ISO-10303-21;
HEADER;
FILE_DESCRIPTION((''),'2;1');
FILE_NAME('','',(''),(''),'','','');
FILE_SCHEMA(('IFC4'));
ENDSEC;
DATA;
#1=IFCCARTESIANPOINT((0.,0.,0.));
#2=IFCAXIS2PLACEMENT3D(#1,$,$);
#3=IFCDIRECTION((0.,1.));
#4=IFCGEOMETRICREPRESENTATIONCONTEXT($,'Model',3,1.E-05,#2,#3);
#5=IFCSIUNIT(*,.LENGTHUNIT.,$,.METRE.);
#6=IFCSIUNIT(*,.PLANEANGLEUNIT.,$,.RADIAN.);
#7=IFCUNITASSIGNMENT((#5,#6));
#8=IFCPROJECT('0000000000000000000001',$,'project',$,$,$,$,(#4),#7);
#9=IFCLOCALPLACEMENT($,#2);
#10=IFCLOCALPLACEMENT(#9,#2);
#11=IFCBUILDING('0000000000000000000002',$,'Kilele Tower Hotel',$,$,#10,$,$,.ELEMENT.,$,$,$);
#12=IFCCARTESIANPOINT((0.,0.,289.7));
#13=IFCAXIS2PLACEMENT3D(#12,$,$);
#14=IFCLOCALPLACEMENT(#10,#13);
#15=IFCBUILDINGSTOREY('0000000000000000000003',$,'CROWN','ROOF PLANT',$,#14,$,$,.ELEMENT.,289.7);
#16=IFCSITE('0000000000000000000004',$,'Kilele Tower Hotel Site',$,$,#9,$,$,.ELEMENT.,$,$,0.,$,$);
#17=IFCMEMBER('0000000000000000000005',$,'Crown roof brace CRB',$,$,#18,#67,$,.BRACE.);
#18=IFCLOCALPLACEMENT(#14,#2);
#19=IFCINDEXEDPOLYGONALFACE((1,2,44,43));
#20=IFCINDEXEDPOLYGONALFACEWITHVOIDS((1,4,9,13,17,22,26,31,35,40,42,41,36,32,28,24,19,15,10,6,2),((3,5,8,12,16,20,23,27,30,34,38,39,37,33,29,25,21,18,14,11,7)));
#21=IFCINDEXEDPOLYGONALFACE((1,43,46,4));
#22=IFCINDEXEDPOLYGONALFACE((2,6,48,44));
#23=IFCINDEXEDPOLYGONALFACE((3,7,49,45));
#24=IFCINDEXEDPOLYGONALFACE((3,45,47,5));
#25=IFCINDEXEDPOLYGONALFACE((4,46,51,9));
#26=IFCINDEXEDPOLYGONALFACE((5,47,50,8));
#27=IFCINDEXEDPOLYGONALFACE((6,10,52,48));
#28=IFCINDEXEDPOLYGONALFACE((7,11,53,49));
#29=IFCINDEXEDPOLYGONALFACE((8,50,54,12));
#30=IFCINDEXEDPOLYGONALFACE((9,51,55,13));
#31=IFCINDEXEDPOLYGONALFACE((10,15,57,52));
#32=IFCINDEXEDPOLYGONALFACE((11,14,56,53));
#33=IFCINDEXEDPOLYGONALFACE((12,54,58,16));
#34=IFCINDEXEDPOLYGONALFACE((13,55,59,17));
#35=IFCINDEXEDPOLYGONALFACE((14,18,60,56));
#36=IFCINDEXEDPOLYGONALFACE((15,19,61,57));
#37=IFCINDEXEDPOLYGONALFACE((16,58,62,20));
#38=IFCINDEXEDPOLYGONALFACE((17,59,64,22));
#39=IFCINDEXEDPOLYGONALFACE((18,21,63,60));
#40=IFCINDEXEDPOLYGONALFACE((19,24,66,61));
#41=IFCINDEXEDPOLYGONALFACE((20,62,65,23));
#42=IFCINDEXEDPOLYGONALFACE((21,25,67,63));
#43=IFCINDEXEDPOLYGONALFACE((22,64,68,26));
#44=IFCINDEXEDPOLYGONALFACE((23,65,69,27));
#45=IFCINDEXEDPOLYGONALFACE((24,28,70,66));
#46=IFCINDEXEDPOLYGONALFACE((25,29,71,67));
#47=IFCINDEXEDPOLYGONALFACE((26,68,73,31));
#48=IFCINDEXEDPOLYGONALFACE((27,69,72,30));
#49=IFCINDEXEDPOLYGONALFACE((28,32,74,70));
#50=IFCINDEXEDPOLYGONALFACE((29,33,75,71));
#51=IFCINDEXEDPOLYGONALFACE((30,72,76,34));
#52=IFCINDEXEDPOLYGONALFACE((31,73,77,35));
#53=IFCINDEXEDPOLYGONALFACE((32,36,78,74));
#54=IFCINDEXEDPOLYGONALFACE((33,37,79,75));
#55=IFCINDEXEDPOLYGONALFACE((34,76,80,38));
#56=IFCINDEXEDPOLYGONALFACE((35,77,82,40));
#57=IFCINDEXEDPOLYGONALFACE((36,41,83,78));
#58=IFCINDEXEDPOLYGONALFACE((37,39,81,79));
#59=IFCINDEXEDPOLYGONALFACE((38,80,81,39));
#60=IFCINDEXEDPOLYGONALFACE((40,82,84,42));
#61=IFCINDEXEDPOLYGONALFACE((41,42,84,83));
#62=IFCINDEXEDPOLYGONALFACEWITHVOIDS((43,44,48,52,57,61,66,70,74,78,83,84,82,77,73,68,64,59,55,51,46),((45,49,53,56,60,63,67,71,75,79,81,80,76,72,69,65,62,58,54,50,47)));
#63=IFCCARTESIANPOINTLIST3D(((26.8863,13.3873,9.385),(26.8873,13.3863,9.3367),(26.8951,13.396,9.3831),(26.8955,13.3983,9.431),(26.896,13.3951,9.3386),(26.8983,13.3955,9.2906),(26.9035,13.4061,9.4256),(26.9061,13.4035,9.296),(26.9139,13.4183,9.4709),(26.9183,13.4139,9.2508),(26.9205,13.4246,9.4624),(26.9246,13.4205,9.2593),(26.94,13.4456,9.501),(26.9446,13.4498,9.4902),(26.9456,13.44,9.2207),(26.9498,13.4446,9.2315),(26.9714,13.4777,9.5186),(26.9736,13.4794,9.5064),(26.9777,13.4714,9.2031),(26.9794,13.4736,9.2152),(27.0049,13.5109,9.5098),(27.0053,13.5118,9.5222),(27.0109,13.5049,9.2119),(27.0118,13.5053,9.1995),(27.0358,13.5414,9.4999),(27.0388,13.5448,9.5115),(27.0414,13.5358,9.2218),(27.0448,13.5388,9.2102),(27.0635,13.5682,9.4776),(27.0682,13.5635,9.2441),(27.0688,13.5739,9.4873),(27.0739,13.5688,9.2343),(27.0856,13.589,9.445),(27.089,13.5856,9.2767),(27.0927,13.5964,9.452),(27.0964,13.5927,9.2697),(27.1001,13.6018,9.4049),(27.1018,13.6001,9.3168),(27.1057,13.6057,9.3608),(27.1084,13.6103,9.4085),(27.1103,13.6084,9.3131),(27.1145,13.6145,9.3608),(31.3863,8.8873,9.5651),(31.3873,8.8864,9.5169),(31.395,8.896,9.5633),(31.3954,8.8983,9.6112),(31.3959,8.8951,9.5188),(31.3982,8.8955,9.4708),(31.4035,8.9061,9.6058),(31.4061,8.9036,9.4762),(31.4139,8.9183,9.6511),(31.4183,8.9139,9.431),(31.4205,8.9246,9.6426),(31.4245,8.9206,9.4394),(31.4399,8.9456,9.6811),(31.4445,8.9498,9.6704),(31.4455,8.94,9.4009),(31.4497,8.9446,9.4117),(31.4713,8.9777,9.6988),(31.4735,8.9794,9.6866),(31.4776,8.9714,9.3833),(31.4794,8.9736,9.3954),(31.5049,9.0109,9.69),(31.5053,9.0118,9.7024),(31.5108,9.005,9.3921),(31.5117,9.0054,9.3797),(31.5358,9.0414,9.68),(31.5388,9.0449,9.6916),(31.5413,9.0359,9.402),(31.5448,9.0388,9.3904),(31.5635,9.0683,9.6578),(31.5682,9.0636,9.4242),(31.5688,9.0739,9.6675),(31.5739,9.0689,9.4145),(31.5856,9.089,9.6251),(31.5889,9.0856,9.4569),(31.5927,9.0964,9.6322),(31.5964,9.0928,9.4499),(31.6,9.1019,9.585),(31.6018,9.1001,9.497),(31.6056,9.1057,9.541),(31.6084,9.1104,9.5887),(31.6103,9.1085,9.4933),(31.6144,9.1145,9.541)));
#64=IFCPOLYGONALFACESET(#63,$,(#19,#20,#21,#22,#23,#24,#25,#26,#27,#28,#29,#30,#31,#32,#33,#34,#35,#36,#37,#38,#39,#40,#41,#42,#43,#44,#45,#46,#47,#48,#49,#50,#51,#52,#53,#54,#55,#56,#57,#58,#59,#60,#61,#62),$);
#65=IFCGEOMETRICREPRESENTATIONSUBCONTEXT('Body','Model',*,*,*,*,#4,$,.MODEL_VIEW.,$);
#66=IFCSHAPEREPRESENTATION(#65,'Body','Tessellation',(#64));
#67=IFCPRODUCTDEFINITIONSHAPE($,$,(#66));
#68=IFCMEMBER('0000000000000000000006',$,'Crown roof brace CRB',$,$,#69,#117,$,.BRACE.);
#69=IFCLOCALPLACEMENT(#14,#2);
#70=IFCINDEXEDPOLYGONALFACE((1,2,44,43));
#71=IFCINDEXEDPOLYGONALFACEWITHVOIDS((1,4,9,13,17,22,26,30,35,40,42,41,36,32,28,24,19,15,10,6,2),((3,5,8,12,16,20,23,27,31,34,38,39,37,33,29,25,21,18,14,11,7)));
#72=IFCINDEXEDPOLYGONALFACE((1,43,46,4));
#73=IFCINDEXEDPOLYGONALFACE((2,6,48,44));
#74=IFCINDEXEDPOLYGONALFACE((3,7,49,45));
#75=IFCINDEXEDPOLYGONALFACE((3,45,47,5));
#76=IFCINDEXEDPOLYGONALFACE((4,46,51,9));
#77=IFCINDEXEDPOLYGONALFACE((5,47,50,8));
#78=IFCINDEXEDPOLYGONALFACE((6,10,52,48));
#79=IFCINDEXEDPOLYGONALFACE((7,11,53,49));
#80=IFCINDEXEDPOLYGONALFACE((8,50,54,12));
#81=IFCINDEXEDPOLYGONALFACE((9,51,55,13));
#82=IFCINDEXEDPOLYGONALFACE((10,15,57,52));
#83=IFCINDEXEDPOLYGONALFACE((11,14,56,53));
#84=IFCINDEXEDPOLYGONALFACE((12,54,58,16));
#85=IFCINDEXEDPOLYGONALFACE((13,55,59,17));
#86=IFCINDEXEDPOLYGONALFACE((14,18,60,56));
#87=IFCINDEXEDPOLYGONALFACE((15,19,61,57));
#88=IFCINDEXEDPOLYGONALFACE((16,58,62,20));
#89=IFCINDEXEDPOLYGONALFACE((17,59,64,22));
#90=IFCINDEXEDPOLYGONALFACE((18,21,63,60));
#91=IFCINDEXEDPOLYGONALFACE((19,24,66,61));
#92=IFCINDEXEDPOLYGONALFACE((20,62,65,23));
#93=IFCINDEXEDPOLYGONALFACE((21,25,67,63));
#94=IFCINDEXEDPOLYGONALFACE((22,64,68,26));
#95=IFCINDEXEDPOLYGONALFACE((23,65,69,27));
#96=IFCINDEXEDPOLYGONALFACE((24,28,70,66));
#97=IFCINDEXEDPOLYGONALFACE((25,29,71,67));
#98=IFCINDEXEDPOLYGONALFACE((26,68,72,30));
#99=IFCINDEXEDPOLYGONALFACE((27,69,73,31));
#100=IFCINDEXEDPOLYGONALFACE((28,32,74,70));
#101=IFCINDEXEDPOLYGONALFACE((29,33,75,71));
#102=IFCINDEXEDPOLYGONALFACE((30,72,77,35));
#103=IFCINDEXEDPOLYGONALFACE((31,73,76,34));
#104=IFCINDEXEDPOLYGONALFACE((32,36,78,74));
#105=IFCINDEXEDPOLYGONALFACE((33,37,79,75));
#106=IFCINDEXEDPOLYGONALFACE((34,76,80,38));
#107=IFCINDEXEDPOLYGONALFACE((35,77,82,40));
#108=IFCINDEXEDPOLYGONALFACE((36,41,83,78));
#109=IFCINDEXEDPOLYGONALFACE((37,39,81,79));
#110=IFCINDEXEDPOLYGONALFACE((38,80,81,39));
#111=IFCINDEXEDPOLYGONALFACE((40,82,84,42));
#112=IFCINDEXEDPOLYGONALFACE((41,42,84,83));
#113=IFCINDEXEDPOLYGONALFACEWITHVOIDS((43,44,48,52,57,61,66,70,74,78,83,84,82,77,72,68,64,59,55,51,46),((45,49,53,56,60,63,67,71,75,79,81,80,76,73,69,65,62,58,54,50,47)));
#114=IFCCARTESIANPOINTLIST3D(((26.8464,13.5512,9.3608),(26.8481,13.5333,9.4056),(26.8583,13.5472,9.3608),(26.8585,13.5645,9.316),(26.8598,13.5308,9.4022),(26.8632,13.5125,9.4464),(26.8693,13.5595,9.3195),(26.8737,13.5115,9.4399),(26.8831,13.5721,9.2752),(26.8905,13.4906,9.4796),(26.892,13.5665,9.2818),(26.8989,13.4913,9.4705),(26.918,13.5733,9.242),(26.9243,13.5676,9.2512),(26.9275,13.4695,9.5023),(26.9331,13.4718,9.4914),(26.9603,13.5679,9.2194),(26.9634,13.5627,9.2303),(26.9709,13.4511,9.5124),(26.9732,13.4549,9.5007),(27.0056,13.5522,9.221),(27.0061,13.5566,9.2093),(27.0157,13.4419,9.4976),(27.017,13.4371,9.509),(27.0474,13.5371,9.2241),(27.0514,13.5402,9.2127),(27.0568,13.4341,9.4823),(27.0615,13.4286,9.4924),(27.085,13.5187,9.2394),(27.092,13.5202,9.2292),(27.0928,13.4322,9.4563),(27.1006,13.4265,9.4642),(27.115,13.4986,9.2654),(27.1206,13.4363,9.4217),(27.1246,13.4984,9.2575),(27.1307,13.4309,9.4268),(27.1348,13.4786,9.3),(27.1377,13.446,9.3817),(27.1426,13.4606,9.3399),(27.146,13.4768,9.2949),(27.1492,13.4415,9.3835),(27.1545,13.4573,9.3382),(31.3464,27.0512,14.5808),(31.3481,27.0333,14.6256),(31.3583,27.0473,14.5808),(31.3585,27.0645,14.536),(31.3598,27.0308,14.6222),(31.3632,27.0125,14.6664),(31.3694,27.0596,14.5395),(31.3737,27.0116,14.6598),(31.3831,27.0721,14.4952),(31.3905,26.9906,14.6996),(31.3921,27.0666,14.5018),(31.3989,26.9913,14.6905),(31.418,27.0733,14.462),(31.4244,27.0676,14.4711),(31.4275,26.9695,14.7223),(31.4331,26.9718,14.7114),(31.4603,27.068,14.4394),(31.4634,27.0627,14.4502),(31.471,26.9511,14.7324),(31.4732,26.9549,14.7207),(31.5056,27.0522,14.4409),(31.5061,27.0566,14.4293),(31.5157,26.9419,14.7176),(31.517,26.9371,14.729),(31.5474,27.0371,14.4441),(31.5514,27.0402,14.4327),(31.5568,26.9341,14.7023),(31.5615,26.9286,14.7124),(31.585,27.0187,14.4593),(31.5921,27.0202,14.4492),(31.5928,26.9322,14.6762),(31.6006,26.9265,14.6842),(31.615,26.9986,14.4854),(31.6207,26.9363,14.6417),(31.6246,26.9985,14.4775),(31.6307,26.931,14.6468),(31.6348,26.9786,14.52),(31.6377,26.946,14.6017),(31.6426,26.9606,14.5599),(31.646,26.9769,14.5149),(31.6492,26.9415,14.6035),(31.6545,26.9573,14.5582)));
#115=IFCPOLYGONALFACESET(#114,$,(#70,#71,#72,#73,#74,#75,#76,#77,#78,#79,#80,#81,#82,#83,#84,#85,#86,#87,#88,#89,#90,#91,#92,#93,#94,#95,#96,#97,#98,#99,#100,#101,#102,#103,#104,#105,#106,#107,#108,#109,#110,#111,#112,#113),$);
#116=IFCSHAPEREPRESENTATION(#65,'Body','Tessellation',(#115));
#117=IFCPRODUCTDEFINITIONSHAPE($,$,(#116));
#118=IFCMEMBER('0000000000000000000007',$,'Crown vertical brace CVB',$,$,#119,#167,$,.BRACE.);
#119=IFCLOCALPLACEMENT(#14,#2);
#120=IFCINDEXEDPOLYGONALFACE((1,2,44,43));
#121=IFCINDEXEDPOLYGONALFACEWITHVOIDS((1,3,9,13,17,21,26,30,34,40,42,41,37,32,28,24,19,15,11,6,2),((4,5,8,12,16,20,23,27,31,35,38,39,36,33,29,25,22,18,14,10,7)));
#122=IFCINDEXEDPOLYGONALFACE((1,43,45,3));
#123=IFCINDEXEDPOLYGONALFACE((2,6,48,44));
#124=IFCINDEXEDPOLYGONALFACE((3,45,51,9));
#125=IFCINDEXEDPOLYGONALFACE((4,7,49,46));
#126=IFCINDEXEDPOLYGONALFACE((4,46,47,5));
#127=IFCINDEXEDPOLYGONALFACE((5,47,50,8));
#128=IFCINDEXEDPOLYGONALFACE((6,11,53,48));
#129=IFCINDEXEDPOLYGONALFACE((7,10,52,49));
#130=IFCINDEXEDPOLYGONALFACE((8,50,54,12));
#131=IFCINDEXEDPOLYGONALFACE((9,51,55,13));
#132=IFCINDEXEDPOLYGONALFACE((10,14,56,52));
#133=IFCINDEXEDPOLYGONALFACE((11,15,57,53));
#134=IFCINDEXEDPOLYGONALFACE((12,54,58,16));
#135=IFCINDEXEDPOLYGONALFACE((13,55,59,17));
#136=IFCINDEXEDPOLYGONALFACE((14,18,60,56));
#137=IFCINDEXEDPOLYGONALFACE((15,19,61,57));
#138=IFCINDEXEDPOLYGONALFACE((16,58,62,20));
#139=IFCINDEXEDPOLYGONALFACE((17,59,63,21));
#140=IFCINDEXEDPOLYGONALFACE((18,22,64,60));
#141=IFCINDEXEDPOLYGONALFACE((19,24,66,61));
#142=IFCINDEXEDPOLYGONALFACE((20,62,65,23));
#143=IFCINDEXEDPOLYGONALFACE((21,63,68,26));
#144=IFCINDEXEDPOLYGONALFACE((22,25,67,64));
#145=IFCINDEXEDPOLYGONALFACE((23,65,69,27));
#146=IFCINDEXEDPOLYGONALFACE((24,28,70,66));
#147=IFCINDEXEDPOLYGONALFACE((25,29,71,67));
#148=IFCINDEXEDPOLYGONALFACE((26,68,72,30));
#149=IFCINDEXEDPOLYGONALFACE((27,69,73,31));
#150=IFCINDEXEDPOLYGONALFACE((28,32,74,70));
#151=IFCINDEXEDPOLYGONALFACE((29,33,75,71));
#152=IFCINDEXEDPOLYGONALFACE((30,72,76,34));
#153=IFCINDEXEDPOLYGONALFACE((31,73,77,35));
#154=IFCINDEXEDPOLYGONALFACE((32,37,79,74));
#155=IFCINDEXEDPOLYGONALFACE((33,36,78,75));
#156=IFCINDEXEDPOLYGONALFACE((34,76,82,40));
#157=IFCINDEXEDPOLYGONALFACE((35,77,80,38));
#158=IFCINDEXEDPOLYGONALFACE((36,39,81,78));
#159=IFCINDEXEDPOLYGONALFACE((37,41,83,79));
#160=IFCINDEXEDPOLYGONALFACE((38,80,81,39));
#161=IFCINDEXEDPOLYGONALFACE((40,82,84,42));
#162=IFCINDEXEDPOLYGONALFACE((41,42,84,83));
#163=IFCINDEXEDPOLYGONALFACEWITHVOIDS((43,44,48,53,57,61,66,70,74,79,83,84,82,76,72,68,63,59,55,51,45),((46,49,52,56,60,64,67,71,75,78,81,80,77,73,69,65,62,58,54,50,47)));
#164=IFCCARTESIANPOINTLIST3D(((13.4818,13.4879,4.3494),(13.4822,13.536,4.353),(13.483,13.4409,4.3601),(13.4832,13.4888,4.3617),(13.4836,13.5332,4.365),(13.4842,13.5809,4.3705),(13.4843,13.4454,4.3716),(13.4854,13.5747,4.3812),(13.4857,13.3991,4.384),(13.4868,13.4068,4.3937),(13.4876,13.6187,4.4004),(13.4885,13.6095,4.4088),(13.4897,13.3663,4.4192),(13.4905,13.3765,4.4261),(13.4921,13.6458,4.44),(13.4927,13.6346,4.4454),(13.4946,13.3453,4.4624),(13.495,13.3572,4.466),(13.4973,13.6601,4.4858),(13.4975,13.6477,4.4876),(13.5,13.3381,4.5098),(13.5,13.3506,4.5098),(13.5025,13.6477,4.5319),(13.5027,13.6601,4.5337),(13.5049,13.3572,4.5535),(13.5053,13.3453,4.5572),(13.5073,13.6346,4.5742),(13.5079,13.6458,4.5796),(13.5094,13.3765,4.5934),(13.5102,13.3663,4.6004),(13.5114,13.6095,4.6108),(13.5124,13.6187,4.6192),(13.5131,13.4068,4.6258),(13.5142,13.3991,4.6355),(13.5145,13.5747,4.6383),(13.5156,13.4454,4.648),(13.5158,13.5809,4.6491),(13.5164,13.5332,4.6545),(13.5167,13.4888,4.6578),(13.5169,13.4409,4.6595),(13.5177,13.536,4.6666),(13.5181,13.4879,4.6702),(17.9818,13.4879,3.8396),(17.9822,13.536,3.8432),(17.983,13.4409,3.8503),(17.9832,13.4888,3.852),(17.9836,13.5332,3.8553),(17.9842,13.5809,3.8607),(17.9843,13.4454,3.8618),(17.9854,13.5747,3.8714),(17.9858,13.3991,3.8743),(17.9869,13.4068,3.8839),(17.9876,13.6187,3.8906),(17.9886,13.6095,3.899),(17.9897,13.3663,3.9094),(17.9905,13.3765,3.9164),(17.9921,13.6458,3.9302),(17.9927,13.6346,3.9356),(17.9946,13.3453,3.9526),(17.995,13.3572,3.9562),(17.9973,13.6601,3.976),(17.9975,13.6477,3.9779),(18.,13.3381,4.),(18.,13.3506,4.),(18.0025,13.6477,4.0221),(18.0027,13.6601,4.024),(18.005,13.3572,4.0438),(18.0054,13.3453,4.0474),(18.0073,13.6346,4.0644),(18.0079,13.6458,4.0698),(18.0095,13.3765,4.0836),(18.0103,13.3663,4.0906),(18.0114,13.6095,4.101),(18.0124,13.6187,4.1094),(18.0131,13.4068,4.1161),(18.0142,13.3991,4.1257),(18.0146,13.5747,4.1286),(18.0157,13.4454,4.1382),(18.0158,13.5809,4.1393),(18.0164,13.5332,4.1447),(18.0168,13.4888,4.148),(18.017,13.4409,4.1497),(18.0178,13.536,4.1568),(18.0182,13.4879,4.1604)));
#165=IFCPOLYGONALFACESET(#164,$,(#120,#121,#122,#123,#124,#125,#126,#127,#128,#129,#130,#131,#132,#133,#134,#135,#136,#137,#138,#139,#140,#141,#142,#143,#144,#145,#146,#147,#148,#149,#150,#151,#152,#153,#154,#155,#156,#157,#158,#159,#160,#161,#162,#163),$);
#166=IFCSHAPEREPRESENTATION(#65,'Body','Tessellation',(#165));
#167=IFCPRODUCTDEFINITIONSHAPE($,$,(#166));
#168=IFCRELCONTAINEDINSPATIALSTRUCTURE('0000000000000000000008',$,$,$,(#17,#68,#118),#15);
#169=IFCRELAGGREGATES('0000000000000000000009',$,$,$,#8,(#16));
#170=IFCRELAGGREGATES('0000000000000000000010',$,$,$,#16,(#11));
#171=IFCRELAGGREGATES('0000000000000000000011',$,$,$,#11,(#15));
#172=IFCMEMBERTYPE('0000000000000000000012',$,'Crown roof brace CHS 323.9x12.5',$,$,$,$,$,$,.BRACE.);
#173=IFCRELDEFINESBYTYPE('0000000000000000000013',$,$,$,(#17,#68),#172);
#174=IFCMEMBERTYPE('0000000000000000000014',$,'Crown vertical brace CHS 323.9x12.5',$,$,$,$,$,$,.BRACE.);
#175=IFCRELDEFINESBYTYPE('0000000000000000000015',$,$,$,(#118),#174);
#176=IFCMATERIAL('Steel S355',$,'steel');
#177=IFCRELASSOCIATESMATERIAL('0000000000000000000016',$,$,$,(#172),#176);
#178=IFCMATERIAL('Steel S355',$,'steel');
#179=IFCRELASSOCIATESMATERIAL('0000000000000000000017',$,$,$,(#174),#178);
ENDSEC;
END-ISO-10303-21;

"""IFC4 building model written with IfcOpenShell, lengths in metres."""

from ifc_helpers import new_model, si_unit, direction, frame, origin, origin_2d, place, context, subcontext, project, spatial, hollow_circle, extrude, material, material_profile, profile_set, type_object, element, save


model = new_model("IFC4")

# Units and contexts
model_context = context("Model", 3, precision=1e-05, world=origin(), true_north=direction((0.0, 1.0)))
body_context = subcontext(model_context, "Body", "Model", "MODEL_VIEW")
ifc_project = project(units=[si_unit("LENGTHUNIT", "METRE"), si_unit("PLANEANGLEUNIT", "RADIAN")], contexts=[model_context])

# Site, building, storey
site_placement = place(None, origin())
site = spatial("IfcSite", under=ifc_project, at=site_placement, Name="Kilele Tower Hotel Site", CompositionType="ELEMENT", RefElevation=0.0)
building_placement = place(site_placement, origin())
building = spatial("IfcBuilding", under=site, at=building_placement, Name="Kilele Tower Hotel", CompositionType="ELEMENT")
storey_placement = place(building_placement, frame((0.0, 0.0, 289.7)))
storey = spatial("IfcBuildingStorey", under=building, at=storey_placement, Name="CROWN", Description="ROOF PLANT", CompositionType="ELEMENT", Elevation=289.7)

# Members
ifc_material_1 = material(Name="Steel S355", Category="steel")
ifc_material_profile_1 = material_profile(ifc_material_1, hollow_circle(Radius=0.1619, WallThickness=0.0125, at=origin_2d()))
ifc_profile_set_1 = profile_set([ifc_material_profile_1], Name="Steel S355")
member_type_1 = type_object("IfcMemberType", Name="Crown roof brace CHS 323.9x12.5", PredefinedType="BRACE", material=ifc_profile_set_1)
member_1_placement = place(storey_placement, frame((27.0, 13.5, 9.3608), z_axis=(0.706824, -0.706824, 0.028301), x_axis=(0.707107, 0.707107, 0.0)))
element("IfcMember", 1, at=member_1_placement, inside=storey, type_object=member_type_1, Name="Crown roof brace CRB", PredefinedType="BRACE", context=body_context, shape_type="SweptSolid", body=[
    extrude(hollow_circle(Radius=0.1619, WallThickness=0.0125, at=origin_2d()), origin(), (0.0, 0.0, 1.0), 6.3665),
])
member_2_placement = place(storey_placement, frame((27.0, 13.5, 9.3608), z_axis=(0.296884, 0.890652, 0.344383), x_axis=(-0.948683, 0.316228, 0.0)))
element("IfcMember", 2, at=member_2_placement, inside=storey, type_object=member_type_1, Name="Crown roof brace CRB", PredefinedType="BRACE", context=body_context, shape_type="SweptSolid", body=[
    extrude(hollow_circle(Radius=0.1619, WallThickness=0.0125, at=origin_2d()), origin(), (0.0, 0.0, 1.0), 15.1575),
])
ifc_material_2 = material(Name="Steel S355", Category="steel")
ifc_material_profile_2 = material_profile(ifc_material_2, hollow_circle(Radius=0.1619, WallThickness=0.0125, at=origin_2d()))
ifc_profile_set_2 = profile_set([ifc_material_profile_2], Name="Steel S355")
member_type_2 = type_object("IfcMemberType", Name="Crown vertical brace CHS 323.9x12.5", PredefinedType="BRACE", material=ifc_profile_set_2)
member_3_placement = place(storey_placement, frame((18.0, 13.5, 4.0), z_axis=(-0.993645, 0.0, 0.112561), x_axis=(0.0, -1.0, 0.0)))
element("IfcMember", 3, at=member_3_placement, inside=storey, type_object=member_type_2, Name="Crown vertical brace CVB", PredefinedType="BRACE", context=body_context, shape_type="SweptSolid", body=[
    extrude(hollow_circle(Radius=0.1619, WallThickness=0.0125, at=origin_2d()), origin(), (0.0, 0.0, 1.0), 4.5288),
])

save(model, "model.ifc")
